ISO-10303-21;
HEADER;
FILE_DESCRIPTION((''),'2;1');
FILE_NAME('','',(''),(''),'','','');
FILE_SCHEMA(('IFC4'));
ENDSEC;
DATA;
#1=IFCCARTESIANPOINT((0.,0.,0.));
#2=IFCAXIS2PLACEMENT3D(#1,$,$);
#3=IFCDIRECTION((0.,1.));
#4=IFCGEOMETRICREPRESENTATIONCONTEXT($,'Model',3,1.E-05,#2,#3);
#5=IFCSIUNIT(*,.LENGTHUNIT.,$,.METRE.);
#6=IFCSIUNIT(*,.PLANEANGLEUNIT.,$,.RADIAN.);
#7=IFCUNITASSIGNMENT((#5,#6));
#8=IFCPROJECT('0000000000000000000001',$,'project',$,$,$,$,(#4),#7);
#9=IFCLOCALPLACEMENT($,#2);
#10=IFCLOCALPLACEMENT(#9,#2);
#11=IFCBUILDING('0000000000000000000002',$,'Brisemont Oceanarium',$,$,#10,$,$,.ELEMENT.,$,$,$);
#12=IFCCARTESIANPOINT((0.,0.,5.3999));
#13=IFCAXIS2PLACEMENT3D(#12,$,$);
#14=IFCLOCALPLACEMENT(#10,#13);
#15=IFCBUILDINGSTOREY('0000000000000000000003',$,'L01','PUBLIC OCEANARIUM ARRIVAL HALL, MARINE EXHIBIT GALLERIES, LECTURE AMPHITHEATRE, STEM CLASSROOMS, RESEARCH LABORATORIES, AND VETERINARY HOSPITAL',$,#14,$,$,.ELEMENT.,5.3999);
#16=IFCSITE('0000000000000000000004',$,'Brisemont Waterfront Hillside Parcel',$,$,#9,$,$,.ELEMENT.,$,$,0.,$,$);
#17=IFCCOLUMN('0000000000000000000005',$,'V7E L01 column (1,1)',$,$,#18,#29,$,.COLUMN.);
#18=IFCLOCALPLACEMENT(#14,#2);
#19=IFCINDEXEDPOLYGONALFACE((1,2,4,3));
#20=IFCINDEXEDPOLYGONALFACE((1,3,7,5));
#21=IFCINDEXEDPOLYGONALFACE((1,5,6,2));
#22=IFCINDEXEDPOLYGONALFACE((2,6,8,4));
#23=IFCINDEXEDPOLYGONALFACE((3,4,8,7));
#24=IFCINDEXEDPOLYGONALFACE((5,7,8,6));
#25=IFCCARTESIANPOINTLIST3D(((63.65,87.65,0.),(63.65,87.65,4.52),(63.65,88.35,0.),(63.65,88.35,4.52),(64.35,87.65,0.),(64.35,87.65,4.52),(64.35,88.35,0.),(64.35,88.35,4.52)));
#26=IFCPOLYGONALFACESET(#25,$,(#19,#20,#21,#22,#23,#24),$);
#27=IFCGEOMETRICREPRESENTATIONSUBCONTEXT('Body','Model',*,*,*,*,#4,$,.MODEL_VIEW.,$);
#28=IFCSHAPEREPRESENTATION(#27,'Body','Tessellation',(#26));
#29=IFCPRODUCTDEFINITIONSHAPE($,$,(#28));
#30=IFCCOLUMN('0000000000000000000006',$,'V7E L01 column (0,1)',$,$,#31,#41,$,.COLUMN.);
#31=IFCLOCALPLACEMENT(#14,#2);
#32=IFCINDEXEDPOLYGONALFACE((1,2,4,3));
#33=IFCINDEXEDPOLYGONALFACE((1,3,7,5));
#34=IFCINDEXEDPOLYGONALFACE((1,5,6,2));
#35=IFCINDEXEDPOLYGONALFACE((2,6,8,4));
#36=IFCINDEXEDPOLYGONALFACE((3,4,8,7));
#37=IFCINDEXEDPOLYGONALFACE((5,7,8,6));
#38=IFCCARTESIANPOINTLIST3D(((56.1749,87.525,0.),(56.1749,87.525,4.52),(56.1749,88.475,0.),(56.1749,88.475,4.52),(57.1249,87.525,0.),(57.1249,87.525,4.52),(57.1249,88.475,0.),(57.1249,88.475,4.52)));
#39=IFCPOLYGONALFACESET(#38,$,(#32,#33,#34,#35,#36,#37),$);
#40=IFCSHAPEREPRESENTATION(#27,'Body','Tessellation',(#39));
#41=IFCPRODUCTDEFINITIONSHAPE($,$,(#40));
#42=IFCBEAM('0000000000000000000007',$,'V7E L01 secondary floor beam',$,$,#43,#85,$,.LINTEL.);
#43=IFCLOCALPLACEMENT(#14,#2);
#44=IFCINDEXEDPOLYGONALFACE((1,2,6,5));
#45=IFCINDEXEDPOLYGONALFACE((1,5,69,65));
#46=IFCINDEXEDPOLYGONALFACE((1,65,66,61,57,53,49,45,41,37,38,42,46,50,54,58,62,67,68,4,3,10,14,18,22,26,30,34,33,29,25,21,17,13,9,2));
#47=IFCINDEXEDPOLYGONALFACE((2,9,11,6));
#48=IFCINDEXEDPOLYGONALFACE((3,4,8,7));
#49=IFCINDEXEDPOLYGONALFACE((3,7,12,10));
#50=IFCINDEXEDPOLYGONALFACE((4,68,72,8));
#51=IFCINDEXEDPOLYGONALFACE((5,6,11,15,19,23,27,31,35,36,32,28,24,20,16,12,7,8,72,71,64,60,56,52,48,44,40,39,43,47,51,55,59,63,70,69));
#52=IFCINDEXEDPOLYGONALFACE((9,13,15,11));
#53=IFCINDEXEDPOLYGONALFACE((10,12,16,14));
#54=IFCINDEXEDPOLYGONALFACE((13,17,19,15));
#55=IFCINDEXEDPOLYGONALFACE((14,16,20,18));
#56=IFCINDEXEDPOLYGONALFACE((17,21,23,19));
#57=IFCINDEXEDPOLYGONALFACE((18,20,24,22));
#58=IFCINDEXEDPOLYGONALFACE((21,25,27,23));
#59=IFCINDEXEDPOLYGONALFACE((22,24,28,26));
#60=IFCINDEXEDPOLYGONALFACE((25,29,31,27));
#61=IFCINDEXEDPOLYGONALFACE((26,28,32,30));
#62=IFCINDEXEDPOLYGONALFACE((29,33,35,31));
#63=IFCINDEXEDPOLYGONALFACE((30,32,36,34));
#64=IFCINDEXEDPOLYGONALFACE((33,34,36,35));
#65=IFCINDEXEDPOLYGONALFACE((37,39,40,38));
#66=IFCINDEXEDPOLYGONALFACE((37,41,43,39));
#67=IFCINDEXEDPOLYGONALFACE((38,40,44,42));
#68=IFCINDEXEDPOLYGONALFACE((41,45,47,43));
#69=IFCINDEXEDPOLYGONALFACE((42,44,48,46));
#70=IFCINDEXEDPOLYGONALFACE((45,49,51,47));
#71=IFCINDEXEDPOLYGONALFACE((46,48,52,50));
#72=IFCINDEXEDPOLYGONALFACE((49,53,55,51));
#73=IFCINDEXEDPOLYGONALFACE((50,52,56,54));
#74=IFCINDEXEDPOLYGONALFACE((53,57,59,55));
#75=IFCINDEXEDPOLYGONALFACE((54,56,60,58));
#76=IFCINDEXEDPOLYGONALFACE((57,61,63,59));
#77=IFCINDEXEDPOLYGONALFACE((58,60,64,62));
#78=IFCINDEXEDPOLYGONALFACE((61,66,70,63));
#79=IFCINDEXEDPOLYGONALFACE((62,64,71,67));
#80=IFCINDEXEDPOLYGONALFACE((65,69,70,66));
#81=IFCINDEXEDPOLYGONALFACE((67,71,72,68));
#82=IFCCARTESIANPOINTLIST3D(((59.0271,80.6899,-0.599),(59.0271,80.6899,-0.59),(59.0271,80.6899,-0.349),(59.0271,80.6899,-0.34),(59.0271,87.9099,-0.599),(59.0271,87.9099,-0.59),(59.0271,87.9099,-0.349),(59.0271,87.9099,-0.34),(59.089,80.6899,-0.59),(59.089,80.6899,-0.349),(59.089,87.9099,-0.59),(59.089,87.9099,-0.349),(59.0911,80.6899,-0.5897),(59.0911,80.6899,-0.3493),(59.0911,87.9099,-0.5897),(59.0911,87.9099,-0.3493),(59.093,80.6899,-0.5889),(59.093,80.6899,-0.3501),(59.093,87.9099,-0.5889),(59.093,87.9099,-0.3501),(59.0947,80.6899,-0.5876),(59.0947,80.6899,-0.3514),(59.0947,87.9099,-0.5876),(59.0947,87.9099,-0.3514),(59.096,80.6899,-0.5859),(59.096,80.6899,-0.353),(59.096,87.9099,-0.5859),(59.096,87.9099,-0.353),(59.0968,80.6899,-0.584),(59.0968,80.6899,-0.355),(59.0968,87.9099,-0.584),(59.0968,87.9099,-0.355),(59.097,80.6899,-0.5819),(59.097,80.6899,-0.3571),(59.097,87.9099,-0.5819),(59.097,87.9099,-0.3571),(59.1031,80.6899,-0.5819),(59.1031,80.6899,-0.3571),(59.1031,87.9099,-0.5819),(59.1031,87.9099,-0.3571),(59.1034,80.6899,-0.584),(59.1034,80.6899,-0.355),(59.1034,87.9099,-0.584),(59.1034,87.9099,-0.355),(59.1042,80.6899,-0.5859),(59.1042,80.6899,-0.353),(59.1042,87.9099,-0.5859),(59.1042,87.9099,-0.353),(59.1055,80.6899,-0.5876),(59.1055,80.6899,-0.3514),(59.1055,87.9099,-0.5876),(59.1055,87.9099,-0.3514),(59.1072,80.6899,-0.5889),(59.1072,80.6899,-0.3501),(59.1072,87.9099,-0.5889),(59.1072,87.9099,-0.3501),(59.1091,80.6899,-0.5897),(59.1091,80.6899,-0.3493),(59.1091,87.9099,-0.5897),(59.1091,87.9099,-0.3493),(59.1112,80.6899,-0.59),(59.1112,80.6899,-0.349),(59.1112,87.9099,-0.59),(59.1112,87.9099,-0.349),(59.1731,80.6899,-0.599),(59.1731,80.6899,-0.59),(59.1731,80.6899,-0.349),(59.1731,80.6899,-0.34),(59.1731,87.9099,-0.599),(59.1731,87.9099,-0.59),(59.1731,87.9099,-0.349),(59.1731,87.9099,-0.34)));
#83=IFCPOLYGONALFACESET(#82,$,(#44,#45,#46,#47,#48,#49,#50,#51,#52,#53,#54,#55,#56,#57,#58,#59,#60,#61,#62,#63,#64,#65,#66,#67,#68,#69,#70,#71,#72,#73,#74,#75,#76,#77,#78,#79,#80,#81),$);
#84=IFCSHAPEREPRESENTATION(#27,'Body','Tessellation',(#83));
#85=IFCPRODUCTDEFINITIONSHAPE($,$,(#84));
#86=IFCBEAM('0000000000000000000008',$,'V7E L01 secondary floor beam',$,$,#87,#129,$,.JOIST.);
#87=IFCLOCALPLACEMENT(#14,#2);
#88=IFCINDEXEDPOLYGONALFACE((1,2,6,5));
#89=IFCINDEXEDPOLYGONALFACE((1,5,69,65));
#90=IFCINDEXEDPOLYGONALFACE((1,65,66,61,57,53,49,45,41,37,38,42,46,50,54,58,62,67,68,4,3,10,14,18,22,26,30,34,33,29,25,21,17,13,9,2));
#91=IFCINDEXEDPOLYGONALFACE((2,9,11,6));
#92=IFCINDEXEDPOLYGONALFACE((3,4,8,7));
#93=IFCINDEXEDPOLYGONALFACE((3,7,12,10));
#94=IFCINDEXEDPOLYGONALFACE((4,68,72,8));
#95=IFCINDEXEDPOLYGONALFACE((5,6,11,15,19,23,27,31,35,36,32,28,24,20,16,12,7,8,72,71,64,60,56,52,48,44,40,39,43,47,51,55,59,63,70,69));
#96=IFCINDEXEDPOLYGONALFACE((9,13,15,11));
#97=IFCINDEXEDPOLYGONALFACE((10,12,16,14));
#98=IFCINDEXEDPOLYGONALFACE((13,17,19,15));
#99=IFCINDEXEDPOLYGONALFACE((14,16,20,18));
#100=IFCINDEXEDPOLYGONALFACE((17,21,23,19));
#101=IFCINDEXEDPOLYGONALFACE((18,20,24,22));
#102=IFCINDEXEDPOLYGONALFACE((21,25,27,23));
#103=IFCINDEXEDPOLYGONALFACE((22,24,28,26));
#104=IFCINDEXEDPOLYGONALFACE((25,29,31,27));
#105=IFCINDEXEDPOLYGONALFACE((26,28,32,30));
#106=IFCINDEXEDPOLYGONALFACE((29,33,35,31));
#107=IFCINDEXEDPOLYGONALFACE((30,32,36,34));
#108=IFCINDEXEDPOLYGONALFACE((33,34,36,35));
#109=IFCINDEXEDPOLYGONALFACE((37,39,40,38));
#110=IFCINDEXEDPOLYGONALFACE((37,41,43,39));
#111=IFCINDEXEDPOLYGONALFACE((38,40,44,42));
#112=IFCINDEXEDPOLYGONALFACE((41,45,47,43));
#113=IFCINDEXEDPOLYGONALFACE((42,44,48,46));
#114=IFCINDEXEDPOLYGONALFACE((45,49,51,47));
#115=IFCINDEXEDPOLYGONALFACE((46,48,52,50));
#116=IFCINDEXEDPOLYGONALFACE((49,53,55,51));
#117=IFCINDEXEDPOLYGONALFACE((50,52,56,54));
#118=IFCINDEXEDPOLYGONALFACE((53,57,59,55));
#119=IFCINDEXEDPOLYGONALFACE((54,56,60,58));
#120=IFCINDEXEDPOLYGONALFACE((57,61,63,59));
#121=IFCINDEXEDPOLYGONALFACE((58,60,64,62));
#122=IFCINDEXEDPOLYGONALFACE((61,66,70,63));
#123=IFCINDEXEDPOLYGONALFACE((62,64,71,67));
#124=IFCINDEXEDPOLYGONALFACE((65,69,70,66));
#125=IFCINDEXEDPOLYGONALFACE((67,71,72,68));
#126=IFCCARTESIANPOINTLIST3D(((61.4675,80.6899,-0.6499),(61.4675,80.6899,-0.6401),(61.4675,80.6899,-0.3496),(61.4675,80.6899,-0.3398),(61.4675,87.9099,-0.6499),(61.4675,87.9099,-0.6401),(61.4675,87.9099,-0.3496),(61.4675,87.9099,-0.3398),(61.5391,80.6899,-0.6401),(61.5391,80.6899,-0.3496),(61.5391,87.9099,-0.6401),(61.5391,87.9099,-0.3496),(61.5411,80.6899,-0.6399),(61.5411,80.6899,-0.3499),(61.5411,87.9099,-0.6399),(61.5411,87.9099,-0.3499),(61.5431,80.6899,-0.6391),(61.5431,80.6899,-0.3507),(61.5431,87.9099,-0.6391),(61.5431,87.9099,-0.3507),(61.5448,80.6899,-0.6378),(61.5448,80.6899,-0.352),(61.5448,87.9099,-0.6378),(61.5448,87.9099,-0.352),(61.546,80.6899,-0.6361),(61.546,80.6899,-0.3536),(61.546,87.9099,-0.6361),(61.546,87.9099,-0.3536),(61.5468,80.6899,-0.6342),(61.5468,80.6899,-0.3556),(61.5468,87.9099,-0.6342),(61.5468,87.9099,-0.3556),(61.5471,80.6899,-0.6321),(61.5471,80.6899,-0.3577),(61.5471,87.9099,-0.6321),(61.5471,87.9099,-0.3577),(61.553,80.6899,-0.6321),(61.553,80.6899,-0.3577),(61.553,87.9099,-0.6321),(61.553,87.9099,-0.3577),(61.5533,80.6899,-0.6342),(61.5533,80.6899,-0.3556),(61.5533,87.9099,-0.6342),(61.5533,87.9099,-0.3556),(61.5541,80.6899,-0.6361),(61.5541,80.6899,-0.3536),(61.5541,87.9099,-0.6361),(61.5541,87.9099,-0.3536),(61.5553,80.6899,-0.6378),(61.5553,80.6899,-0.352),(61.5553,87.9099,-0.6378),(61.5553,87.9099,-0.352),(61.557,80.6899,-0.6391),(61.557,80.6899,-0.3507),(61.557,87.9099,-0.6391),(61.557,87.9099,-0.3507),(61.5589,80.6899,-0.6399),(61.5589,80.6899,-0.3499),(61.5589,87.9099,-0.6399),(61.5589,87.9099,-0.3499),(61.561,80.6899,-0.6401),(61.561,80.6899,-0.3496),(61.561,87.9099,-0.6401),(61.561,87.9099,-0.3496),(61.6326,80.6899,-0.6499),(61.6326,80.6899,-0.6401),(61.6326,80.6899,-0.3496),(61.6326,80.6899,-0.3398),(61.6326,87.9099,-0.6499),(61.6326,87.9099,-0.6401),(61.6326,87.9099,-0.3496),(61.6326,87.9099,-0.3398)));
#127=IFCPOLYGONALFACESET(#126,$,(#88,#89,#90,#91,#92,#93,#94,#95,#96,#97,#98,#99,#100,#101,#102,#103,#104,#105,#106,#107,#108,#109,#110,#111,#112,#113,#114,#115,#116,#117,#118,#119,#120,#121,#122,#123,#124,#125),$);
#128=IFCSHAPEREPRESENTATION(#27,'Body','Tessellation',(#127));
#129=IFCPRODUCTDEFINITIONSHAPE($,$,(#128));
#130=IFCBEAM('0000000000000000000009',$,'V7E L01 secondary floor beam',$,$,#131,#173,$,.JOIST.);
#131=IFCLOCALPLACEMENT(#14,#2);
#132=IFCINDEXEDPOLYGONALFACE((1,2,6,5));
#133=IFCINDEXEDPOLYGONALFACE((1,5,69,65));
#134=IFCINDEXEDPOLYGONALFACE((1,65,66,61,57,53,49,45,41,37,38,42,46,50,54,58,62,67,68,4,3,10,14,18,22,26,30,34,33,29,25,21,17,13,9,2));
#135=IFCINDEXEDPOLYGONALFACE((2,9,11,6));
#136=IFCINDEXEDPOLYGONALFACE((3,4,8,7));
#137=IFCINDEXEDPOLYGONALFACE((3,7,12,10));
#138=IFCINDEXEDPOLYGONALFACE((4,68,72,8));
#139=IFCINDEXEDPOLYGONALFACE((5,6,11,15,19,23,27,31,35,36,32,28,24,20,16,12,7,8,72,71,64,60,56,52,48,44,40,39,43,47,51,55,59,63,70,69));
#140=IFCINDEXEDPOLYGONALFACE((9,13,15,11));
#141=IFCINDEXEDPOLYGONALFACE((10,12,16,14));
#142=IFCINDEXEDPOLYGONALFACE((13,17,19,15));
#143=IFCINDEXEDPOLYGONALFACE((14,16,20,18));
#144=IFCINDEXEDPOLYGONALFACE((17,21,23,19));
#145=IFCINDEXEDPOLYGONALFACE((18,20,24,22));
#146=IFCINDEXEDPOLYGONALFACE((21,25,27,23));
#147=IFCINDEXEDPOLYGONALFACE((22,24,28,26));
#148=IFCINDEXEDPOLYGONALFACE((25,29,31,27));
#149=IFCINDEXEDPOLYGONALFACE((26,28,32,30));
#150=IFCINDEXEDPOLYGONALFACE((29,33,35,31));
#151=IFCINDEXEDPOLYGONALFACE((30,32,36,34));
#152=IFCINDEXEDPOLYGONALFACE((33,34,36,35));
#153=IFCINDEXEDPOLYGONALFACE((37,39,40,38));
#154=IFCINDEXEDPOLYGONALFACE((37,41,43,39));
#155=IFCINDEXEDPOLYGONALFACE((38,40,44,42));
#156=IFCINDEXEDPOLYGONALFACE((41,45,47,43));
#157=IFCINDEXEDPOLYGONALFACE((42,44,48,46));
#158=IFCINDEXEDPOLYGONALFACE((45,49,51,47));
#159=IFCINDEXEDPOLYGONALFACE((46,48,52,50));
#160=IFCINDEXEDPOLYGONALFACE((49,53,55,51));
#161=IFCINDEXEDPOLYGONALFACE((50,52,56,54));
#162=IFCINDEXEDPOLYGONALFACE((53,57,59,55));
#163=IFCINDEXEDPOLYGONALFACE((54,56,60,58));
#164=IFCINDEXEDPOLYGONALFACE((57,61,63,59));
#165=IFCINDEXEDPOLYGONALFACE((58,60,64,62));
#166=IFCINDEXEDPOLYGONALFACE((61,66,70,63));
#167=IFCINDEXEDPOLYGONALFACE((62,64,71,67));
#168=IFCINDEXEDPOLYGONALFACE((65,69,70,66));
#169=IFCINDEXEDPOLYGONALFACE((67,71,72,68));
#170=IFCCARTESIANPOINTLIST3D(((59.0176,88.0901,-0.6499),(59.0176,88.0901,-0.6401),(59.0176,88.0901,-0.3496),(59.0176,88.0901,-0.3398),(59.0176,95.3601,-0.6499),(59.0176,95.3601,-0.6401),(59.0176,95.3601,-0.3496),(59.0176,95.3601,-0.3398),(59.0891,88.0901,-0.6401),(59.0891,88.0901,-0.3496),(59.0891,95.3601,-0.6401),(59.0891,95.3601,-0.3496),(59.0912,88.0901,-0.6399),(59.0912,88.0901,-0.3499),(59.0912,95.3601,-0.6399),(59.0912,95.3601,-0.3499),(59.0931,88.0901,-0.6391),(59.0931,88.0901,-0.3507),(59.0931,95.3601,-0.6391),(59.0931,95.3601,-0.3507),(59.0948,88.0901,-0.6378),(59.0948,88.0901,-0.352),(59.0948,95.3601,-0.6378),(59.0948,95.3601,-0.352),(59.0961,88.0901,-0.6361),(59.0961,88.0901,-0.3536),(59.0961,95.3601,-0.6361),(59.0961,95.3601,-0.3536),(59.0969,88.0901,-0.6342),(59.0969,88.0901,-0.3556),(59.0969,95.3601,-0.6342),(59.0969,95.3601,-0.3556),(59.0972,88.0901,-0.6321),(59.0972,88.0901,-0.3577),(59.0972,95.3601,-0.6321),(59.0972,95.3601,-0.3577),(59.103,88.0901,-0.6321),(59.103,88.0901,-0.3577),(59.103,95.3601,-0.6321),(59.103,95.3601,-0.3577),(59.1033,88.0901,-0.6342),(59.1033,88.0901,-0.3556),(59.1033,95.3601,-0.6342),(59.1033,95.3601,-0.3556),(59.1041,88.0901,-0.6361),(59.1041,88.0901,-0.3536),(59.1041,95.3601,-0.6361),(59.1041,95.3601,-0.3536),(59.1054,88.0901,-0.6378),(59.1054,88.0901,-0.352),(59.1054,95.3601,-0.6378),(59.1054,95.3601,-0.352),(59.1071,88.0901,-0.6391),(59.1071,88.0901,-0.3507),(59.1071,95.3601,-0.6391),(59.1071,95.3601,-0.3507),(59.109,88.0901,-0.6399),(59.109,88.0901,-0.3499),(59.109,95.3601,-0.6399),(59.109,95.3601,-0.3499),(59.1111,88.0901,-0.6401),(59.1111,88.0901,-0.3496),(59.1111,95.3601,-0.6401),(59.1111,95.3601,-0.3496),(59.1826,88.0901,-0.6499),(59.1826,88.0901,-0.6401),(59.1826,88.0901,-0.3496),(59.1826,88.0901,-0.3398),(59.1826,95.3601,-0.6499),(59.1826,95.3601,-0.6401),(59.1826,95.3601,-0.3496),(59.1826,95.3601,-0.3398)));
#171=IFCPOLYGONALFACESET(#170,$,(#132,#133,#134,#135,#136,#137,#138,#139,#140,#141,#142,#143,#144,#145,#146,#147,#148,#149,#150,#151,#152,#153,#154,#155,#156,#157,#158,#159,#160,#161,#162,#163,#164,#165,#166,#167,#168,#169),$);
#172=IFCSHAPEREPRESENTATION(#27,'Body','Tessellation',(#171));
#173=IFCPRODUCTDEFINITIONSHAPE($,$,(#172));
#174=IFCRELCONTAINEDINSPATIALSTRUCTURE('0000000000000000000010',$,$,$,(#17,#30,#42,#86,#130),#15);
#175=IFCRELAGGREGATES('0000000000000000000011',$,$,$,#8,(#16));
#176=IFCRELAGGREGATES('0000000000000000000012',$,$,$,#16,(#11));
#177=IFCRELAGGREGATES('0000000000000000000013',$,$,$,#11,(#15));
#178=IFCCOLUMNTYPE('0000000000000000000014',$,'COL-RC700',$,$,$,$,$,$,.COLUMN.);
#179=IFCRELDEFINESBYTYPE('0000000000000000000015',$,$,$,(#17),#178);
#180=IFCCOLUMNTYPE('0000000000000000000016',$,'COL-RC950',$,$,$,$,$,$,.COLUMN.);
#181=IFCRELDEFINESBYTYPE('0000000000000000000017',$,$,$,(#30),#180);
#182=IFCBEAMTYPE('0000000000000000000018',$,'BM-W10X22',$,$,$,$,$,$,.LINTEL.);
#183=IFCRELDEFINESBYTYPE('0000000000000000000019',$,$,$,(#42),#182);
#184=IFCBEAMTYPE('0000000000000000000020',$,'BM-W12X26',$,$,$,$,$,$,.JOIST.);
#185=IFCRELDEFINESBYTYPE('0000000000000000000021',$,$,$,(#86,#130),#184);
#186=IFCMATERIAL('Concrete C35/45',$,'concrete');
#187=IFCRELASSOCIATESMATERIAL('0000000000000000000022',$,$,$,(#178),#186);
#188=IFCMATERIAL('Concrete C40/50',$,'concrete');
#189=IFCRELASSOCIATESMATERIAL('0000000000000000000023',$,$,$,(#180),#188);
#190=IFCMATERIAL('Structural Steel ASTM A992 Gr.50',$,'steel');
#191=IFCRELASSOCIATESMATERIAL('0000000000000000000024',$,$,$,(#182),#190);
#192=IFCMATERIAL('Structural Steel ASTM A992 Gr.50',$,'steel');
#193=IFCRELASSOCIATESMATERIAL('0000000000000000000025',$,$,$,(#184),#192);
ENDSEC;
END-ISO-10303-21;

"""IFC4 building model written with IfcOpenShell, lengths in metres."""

from ifc_helpers import new_model, si_unit, direction, frame, origin, origin_2d, place, context, subcontext, project, spatial, rectangle, i_section, extrude, material, material_profile, profile_set, type_object, element, save


model = new_model("IFC4")

# Units and contexts
model_context = context("Model", 3, precision=1e-05, world=origin(), true_north=direction((0.0, 1.0)))
body_context = subcontext(model_context, "Body", "Model", "MODEL_VIEW")
ifc_project = project(units=[si_unit("LENGTHUNIT", "METRE"), si_unit("PLANEANGLEUNIT", "RADIAN")], contexts=[model_context])

# Site, building, storey
site_placement = place(None, origin())
site = spatial("IfcSite", under=ifc_project, at=site_placement, Name="Brisemont Waterfront Hillside Parcel", CompositionType="ELEMENT", RefElevation=0.0)
building_placement = place(site_placement, origin())
building = spatial("IfcBuilding", under=site, at=building_placement, Name="Brisemont Oceanarium", CompositionType="ELEMENT")
storey_placement = place(building_placement, frame((0.0, 0.0, 5.3999)))
storey = spatial("IfcBuildingStorey", under=building, at=storey_placement, Name="L01", Description="PUBLIC OCEANARIUM ARRIVAL HALL, MARINE EXHIBIT GALLERIES, LECTURE AMPHITHEATRE, STEM CLASSROOMS, RESEARCH LABORATORIES, AND VETERINARY HOSPITAL", CompositionType="ELEMENT", Elevation=5.3999)

# Columns
ifc_material_1 = material(Name="Concrete C35/45", Category="concrete")
ifc_material_profile_1 = material_profile(ifc_material_1, rectangle(XDim=0.7, YDim=0.7, at=origin_2d()), Name="RC-COL-700X700")
ifc_profile_set_1 = profile_set([ifc_material_profile_1], Name="Concrete C35/45")
column_type_1 = type_object("IfcColumnType", Name="COL-RC700", PredefinedType="COLUMN", material=ifc_profile_set_1)
column_1_placement = place(storey_placement, frame((64.0, 88.0, 0.0), z_axis=(0.0, 0.0, 1.0), x_axis=(1.0, 0.0, 0.0)))
element("IfcColumn", 1, at=column_1_placement, inside=storey, type_object=column_type_1, Name="V7E L01 column (1,1)", PredefinedType="COLUMN", context=body_context, shape_type="SweptSolid", body=[
    extrude(rectangle(XDim=0.7, YDim=0.7, at=origin_2d()), origin(), (0.0, 0.0, 1.0), 4.52),
])
ifc_material_2 = material(Name="Concrete C40/50", Category="concrete")
ifc_material_profile_2 = material_profile(ifc_material_2, rectangle(XDim=0.95, YDim=0.95, at=origin_2d()), Name="RC-COL-950X950")
ifc_profile_set_2 = profile_set([ifc_material_profile_2], Name="Concrete C40/50")
column_type_2 = type_object("IfcColumnType", Name="COL-RC950", PredefinedType="COLUMN", material=ifc_profile_set_2)
column_2_placement = place(storey_placement, frame((56.6499, 88.0, 0.0), z_axis=(0.0, 0.0, 1.0), x_axis=(0.0, 1.0, 0.0)))
element("IfcColumn", 2, at=column_2_placement, inside=storey, type_object=column_type_2, Name="V7E L01 column (0,1)", PredefinedType="COLUMN", context=body_context, shape_type="SweptSolid", body=[
    extrude(rectangle(XDim=0.95, YDim=0.95, at=origin_2d()), origin(), (0.0, 0.0, 1.0), 4.52),
])

# Beams
ifc_material_3 = material(Name="Structural Steel ASTM A992 Gr.50", Category="steel")
ifc_material_profile_3 = material_profile(ifc_material_3, i_section(OverallWidth=0.146, OverallDepth=0.259, WebThickness=0.0061, FlangeThickness=0.009, FilletRadius=0.0081, at=origin_2d()), Name="W10X22")
ifc_profile_set_3 = profile_set([ifc_material_profile_3], Name="Structural Steel ASTM A992 Gr.50")
beam_type_1 = type_object("IfcBeamType", Name="BM-W10X22", PredefinedType="LINTEL", material=ifc_profile_set_3)
beam_1_placement = place(storey_placement, frame((59.1001, 80.6899, -0.4695), z_axis=(0.0, 1.0, 0.0), x_axis=(-1.0, 0.0, 0.0)))
element("IfcBeam", 3, at=beam_1_placement, inside=storey, type_object=beam_type_1, Name="V7E L01 secondary floor beam", PredefinedType="LINTEL", context=body_context, shape_type="SweptSolid", body=[
    extrude(i_section(OverallWidth=0.146, OverallDepth=0.259, WebThickness=0.0061, FlangeThickness=0.009, FilletRadius=0.0081, at=origin_2d()), origin(), (0.0, 0.0, 1.0), 7.22),
])
ifc_material_4 = material(Name="Structural Steel ASTM A992 Gr.50", Category="steel")
ifc_material_profile_4 = material_profile(ifc_material_4, i_section(OverallWidth=0.165, OverallDepth=0.3101, WebThickness=0.0059, FlangeThickness=0.0098, FilletRadius=0.0081, at=origin_2d()), Name="W12X26")
ifc_profile_set_4 = profile_set([ifc_material_profile_4], Name="Structural Steel ASTM A992 Gr.50")
beam_type_2 = type_object("IfcBeamType", Name="BM-W12X26", PredefinedType="JOIST", material=ifc_profile_set_4)
beam_2_placement = place(storey_placement, frame((61.55, 80.6899, -0.4949), z_axis=(0.0, 1.0, 0.0), x_axis=(-1.0, 0.0, 0.0)))
element("IfcBeam", 4, at=beam_2_placement, inside=storey, type_object=beam_type_2, Name="V7E L01 secondary floor beam", PredefinedType="JOIST", context=body_context, shape_type="SweptSolid", body=[
    extrude(i_section(OverallWidth=0.165, OverallDepth=0.3101, WebThickness=0.0059, FlangeThickness=0.0098, FilletRadius=0.0081, at=origin_2d()), origin(), (0.0, 0.0, 1.0), 7.22),
])
beam_3_placement = place(storey_placement, frame((59.1001, 88.0901, -0.4949), z_axis=(0.0, 1.0, 0.0), x_axis=(-1.0, 0.0, 0.0)))
element("IfcBeam", 5, at=beam_3_placement, inside=storey, type_object=beam_type_2, Name="V7E L01 secondary floor beam", PredefinedType="JOIST", context=body_context, shape_type="SweptSolid", body=[
    extrude(i_section(OverallWidth=0.165, OverallDepth=0.3101, WebThickness=0.0059, FlangeThickness=0.0098, FilletRadius=0.0081, at=origin_2d()), origin(), (0.0, 0.0, 1.0), 7.27),
])

save(model, "model.ifc")
